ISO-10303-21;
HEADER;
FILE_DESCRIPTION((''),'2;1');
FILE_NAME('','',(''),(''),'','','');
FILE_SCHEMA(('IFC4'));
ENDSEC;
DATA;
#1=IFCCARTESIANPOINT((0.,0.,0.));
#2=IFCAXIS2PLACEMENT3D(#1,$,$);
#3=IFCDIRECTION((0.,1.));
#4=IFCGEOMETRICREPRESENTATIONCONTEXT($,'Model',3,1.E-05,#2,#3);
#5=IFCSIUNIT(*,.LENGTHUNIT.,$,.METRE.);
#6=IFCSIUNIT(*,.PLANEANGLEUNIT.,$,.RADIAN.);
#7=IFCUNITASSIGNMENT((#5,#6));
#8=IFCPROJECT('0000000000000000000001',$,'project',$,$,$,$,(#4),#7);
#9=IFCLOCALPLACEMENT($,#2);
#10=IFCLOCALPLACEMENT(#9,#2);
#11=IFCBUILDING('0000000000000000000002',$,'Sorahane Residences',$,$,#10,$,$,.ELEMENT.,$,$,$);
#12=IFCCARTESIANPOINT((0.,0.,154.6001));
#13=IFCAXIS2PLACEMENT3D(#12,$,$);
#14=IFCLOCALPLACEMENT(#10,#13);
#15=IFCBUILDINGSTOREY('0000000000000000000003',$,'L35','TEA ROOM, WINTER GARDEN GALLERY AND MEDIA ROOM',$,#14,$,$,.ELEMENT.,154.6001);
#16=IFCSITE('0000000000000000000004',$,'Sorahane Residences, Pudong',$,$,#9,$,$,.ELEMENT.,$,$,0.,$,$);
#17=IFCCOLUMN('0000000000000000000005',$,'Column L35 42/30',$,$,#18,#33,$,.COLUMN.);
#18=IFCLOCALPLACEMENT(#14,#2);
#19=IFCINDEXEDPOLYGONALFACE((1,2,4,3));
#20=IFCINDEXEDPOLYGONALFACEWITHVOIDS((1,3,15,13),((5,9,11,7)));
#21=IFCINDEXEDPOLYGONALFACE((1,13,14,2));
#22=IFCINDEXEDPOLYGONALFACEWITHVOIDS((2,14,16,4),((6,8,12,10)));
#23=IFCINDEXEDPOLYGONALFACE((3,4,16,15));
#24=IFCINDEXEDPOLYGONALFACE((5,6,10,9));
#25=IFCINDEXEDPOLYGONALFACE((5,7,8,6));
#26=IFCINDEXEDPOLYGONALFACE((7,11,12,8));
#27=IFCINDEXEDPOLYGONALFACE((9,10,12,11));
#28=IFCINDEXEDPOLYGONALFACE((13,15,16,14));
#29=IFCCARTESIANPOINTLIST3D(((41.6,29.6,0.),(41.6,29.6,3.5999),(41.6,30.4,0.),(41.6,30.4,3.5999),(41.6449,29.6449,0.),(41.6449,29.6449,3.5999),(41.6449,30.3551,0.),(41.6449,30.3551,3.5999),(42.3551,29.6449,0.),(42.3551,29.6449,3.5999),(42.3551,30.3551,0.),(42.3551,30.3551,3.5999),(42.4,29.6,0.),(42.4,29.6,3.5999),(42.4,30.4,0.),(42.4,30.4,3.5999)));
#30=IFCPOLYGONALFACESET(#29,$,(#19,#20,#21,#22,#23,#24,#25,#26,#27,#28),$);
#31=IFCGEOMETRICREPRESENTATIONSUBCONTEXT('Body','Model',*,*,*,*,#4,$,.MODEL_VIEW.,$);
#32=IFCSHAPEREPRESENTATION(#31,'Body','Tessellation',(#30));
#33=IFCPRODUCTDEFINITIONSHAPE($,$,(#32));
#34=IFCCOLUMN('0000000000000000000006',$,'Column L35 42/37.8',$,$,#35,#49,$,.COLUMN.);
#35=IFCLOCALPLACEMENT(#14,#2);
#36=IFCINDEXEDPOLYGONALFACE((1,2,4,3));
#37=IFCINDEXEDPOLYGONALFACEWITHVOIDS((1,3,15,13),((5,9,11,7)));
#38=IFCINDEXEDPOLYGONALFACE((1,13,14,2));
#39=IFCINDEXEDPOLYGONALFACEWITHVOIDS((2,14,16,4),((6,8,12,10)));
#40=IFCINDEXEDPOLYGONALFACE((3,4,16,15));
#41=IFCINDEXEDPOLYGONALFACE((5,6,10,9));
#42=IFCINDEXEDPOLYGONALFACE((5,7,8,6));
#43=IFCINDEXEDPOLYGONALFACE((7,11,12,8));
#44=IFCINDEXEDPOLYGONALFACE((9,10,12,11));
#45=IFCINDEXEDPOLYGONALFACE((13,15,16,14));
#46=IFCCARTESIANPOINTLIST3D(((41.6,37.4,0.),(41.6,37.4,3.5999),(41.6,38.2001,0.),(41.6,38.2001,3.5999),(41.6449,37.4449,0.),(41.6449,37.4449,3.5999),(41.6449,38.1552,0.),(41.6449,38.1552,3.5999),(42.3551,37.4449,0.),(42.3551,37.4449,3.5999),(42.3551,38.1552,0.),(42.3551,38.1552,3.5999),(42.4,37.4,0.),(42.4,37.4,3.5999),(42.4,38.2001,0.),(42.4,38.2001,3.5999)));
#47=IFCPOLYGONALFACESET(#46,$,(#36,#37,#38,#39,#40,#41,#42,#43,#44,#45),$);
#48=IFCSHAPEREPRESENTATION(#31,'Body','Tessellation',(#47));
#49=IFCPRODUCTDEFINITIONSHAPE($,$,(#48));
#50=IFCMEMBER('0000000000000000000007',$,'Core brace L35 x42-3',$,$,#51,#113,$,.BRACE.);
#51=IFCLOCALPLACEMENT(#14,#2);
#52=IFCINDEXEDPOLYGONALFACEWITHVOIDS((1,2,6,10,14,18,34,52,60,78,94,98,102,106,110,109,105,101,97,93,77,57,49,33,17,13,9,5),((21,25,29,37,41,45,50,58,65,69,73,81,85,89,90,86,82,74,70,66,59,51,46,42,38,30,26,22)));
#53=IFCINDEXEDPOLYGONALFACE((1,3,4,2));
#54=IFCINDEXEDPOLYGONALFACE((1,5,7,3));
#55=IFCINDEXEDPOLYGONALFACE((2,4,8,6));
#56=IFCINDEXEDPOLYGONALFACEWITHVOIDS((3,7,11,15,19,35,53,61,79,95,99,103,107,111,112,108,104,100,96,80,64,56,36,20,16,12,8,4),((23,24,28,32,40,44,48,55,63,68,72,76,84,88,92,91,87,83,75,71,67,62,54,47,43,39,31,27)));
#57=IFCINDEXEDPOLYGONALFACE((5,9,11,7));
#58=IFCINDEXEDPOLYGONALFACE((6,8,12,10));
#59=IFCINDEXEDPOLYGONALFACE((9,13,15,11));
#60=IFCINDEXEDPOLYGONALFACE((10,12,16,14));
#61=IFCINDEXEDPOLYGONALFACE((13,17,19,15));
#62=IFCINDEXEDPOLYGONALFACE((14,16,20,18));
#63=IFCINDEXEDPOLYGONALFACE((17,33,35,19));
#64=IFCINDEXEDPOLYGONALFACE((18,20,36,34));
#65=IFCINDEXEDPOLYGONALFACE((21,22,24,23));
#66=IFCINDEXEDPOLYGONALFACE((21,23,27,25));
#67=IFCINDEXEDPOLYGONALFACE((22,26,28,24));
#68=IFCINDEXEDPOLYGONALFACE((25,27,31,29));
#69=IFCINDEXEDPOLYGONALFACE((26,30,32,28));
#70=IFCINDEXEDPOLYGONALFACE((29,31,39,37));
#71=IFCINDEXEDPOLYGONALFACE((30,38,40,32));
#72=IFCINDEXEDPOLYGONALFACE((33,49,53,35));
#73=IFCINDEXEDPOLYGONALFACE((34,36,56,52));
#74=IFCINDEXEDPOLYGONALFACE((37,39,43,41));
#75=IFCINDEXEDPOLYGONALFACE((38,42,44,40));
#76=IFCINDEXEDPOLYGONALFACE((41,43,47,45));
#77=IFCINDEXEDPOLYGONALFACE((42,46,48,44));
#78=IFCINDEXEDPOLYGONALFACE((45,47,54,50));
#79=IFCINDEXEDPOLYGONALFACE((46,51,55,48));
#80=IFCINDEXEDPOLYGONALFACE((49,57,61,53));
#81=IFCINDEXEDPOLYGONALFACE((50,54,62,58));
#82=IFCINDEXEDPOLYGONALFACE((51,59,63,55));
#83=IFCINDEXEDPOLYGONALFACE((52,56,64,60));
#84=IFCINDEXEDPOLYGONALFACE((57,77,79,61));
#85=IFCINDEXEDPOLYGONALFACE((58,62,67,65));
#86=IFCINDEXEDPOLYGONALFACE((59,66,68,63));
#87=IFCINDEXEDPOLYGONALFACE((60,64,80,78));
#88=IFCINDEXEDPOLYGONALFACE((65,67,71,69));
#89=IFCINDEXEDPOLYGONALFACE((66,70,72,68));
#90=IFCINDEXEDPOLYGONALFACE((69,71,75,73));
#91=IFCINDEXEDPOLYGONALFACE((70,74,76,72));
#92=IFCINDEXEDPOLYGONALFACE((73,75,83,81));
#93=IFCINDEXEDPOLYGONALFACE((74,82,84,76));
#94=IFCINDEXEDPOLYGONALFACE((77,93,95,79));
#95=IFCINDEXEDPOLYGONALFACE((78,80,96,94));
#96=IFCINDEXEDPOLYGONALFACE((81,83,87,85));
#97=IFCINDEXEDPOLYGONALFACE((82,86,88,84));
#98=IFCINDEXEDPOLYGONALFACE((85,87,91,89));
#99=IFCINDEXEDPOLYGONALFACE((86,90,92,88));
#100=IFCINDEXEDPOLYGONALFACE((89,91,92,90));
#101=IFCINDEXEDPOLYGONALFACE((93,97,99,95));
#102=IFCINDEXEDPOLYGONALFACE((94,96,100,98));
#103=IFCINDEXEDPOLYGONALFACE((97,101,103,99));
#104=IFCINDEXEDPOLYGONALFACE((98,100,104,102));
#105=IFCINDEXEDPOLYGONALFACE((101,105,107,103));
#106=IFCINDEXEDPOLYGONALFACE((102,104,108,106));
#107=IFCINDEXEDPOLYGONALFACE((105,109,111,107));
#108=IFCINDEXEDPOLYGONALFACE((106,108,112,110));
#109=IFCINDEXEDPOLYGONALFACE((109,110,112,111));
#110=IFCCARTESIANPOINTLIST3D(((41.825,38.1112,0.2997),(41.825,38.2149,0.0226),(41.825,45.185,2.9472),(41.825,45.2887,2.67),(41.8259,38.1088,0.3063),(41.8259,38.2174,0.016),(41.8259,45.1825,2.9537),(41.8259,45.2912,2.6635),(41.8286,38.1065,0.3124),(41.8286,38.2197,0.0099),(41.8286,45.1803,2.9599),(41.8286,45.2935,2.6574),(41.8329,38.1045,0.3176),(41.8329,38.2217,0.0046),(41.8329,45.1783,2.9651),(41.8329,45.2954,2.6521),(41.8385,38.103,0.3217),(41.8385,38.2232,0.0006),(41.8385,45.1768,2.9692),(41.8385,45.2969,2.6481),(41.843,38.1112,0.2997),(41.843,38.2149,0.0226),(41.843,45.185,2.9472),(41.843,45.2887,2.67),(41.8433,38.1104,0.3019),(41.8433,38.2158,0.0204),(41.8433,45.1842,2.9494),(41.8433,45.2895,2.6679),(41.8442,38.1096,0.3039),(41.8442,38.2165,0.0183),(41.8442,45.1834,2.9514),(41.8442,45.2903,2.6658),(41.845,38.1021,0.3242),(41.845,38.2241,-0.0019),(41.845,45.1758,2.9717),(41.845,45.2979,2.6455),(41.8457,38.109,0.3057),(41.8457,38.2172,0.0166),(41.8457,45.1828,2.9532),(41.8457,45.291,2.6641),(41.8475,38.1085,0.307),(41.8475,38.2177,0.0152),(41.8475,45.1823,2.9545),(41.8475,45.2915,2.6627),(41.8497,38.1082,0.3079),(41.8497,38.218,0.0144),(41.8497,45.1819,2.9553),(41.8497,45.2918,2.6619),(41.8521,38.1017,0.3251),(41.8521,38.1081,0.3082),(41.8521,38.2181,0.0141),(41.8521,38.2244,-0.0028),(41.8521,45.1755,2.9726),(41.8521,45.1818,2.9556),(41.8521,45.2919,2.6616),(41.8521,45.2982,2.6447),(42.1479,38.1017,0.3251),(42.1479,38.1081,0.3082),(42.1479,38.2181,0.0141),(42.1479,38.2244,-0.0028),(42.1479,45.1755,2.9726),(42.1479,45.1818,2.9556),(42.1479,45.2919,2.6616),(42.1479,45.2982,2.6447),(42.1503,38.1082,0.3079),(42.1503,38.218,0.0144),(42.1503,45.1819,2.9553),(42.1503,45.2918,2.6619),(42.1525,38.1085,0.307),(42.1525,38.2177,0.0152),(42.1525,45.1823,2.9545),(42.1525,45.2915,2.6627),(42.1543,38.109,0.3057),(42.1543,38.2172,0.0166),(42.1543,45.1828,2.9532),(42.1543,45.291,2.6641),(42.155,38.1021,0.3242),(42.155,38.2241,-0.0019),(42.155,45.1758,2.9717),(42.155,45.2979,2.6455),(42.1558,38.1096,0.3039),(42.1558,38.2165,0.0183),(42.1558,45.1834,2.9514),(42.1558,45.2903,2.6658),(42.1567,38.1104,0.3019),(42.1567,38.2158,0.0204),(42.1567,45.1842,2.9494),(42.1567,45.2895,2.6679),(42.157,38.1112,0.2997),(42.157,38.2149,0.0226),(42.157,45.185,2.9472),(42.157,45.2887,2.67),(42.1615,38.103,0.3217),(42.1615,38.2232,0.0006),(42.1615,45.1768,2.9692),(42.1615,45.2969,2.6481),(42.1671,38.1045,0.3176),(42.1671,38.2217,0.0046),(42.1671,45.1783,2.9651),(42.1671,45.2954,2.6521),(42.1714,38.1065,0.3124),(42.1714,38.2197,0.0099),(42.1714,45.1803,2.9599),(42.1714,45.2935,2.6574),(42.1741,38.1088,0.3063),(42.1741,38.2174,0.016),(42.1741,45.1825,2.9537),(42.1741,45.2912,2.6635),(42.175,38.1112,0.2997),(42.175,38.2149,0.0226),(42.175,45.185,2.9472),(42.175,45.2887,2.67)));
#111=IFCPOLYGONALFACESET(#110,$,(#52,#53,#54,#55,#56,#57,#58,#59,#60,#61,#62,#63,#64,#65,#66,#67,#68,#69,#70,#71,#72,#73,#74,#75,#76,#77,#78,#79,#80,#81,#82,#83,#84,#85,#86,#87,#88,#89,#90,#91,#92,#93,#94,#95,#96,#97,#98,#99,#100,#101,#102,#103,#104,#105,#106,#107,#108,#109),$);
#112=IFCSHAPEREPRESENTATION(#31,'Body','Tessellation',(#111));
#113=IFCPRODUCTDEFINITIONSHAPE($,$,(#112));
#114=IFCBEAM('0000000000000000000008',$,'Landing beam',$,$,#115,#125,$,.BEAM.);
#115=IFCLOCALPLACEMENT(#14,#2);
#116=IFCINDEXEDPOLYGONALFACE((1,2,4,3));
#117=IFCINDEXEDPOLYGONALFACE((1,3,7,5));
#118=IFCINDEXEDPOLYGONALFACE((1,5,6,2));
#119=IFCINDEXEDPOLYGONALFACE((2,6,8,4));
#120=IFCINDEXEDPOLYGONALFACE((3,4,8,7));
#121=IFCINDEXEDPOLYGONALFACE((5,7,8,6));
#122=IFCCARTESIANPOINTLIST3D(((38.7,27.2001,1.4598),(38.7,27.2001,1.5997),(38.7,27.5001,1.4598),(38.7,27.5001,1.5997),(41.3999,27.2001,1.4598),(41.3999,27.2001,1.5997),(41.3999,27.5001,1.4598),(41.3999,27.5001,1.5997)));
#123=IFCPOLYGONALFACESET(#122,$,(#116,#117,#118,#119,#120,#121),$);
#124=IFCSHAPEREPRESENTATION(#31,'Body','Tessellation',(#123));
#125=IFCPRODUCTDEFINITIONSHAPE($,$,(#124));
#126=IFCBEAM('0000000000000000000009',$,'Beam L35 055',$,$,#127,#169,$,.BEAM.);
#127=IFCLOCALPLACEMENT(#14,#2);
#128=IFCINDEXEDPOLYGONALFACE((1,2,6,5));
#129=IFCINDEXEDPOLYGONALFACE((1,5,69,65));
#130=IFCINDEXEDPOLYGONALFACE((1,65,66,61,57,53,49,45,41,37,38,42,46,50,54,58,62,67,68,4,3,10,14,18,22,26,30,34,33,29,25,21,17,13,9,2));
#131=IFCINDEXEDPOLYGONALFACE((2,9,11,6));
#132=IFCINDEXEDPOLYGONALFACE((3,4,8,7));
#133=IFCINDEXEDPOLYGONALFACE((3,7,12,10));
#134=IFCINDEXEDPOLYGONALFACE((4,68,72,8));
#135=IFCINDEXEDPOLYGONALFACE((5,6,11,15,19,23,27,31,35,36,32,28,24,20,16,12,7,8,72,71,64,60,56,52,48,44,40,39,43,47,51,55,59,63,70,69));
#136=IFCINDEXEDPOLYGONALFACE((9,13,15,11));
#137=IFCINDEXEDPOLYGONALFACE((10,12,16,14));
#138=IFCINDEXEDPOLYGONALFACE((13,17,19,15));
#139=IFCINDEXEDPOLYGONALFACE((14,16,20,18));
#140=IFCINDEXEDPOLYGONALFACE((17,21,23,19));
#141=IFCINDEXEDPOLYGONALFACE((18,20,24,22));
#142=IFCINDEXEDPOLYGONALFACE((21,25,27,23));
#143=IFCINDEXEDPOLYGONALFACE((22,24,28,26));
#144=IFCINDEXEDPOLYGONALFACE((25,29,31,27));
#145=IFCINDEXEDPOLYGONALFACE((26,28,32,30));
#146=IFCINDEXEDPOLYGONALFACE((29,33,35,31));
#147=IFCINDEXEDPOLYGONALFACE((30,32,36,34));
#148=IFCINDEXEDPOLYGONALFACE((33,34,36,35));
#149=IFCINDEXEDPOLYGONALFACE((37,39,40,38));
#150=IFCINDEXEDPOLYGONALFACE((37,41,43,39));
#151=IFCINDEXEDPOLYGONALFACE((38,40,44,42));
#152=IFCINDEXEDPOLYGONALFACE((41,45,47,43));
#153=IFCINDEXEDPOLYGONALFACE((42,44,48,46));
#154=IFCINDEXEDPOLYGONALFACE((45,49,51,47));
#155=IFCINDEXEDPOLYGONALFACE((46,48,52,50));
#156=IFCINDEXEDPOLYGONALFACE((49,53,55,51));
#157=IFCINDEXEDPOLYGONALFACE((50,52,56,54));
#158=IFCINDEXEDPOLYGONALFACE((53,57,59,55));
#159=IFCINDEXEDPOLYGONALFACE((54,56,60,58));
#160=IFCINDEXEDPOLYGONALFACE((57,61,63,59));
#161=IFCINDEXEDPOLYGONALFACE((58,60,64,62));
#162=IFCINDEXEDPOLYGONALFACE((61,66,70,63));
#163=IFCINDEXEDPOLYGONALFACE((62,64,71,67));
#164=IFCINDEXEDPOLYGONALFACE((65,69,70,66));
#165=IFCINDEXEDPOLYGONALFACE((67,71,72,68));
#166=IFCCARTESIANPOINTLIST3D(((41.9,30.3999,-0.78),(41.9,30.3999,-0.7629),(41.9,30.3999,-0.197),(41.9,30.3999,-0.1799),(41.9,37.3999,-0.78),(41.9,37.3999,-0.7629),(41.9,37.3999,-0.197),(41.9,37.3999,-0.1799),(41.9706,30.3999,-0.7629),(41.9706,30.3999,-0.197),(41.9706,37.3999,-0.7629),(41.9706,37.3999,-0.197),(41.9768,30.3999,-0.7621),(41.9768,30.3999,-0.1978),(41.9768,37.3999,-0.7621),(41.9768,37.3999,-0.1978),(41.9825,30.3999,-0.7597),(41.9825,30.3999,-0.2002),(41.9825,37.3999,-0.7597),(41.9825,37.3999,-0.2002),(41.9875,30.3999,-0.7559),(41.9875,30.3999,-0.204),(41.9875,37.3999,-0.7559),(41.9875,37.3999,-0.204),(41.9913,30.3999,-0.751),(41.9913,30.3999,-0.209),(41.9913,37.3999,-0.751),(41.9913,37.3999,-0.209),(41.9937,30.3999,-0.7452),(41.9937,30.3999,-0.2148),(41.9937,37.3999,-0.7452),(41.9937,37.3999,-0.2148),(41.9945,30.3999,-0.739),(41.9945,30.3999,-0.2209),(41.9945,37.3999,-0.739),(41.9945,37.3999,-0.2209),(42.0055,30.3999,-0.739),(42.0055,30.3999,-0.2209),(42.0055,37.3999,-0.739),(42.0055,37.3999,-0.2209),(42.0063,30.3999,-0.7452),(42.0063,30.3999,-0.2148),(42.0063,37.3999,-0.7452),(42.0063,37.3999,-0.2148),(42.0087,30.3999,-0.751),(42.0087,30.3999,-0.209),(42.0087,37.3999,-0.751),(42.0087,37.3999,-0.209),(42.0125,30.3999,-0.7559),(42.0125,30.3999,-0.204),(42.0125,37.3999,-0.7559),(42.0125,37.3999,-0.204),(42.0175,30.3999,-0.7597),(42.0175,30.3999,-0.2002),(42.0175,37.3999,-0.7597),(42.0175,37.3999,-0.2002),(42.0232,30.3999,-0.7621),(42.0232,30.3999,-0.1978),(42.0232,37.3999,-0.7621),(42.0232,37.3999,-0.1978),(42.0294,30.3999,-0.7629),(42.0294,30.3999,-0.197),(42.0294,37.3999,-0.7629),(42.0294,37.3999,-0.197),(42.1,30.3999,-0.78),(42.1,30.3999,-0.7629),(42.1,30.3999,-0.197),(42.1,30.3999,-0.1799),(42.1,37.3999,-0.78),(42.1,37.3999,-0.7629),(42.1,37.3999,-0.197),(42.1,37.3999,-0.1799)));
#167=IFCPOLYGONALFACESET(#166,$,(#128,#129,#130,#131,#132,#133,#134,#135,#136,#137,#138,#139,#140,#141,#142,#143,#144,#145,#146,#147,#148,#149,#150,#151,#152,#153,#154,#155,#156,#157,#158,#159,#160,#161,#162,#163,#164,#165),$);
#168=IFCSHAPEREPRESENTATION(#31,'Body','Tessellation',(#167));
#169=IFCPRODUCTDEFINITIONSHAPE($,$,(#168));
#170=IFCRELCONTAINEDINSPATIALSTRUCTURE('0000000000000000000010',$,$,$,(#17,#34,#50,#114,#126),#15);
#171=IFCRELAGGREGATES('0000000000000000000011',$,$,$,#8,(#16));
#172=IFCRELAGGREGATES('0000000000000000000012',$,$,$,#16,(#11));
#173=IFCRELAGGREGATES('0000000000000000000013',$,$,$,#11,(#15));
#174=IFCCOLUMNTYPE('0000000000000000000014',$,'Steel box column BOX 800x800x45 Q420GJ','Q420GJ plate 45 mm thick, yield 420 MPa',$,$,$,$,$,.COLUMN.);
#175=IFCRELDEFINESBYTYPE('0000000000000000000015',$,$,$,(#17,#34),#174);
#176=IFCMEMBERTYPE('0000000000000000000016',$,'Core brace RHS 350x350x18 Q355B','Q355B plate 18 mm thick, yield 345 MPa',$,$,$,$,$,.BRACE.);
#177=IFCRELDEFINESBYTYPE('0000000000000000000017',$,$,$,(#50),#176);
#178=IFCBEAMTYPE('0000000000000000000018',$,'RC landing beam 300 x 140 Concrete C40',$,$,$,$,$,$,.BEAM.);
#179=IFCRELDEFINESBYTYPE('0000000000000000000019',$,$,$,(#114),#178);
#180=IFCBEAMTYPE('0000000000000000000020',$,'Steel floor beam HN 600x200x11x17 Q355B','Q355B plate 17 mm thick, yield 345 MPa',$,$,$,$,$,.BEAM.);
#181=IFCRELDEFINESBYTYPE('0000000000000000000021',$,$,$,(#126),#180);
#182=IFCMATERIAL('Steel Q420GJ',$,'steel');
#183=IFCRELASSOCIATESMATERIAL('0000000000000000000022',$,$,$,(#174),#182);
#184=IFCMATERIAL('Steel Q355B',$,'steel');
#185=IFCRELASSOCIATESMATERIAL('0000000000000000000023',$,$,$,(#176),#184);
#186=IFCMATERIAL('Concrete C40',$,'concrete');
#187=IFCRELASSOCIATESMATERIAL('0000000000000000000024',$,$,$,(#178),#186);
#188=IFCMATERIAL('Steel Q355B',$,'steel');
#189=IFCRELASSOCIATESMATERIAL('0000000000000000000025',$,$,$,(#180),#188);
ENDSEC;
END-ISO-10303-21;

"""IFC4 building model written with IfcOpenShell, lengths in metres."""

from ifc_helpers import new_model, si_unit, direction, frame, origin, origin_2d, place, context, subcontext, project, spatial, rectangle, hollow_rectangle, i_section, extrude, material, material_profile, profile_set, type_object, element, save


model = new_model("IFC4")

# Units and contexts
model_context = context("Model", 3, precision=1e-05, world=origin(), true_north=direction((0.0, 1.0)))
body_context = subcontext(model_context, "Body", "Model", "MODEL_VIEW")
ifc_project = project(units=[si_unit("LENGTHUNIT", "METRE"), si_unit("PLANEANGLEUNIT", "RADIAN")], contexts=[model_context])

# Site, building, storey
site_placement = place(None, origin())
site = spatial("IfcSite", under=ifc_project, at=site_placement, Name="Sorahane Residences, Pudong", CompositionType="ELEMENT", RefElevation=0.0)
building_placement = place(site_placement, origin())
building = spatial("IfcBuilding", under=site, at=building_placement, Name="Sorahane Residences", CompositionType="ELEMENT")
storey_placement = place(building_placement, frame((0.0, 0.0, 154.6001)))
storey = spatial("IfcBuildingStorey", under=building, at=storey_placement, Name="L35", Description="TEA ROOM, WINTER GARDEN GALLERY AND MEDIA ROOM", CompositionType="ELEMENT", Elevation=154.6001)

# Columns
ifc_material_1 = material(Name="Steel Q420GJ", Category="steel")
ifc_material_profile_1 = material_profile(ifc_material_1, hollow_rectangle(XDim=0.8, YDim=0.8, WallThickness=0.0449, at=origin_2d()), Name="BOX 800x800x45")
ifc_profile_set_1 = profile_set([ifc_material_profile_1], Name="Steel Q420GJ")
column_type = type_object("IfcColumnType", Name="Steel box column BOX 800x800x45 Q420GJ", Description="Q420GJ plate 45 mm thick, yield 420 MPa", PredefinedType="COLUMN", material=ifc_profile_set_1)
for number, where, z_axis, x_axis, name in (
    (1, (42.0, 30.0, 0.0), (0.0, 0.0, 1.0), (1.0, 0.0, 0.0), "Column L35 42/30"),
    (2, (42.0, 37.8, 0.0), (0.0, 0.0, 1.0), (1.0, 0.0, 0.0), "Column L35 42/37.8"),
):
    element("IfcColumn", number, at=place(storey_placement, frame(where, z_axis=z_axis, x_axis=x_axis)), inside=storey, type_object=column_type, Name=name, PredefinedType="COLUMN", context=body_context, shape_type="SweptSolid", body=[
        extrude(hollow_rectangle(XDim=0.8, YDim=0.8, WallThickness=0.0449, at=origin_2d()), origin(), (0.0, 0.0, 1.0), 3.5999),
    ])

# Member
ifc_material_2 = material(Name="Steel Q355B", Category="steel")
ifc_material_profile_2 = material_profile(ifc_material_2, hollow_rectangle(XDim=0.3501, YDim=0.3501, WallThickness=0.0181, InnerFilletRadius=0.009, OuterFilletRadius=0.0271, at=origin_2d()), Name="RHS 350x350x18")
ifc_profile_set_2 = profile_set([ifc_material_profile_2], Name="Steel Q355B")
member_type = type_object("IfcMemberType", Name="Core brace RHS 350x350x18 Q355B", Description="Q355B plate 18 mm thick, yield 345 MPa", PredefinedType="BRACE", material=ifc_profile_set_2)
member_placement = place(storey_placement, frame((42.0, 38.1631, 0.1611), z_axis=(0.0, 0.936555, 0.350521), x_axis=(-1.0, 0.0, 0.0)))
element("IfcMember", 3, at=member_placement, inside=storey, type_object=member_type, Name="Core brace L35 x42-3", PredefinedType="BRACE", context=body_context, shape_type="SweptSolid", body=[
    extrude(hollow_rectangle(XDim=0.3501, YDim=0.3501, WallThickness=0.0181, InnerFilletRadius=0.009, OuterFilletRadius=0.0271, at=origin_2d()), origin(), (0.0, 0.0, 1.0), 7.553),
])

# Beams
ifc_material_3 = material(Name="Concrete C40", Category="concrete")
ifc_material_profile_3 = material_profile(ifc_material_3, rectangle(XDim=0.3, YDim=0.1399, at=origin_2d()), Name="300x140")
ifc_profile_set_3 = profile_set([ifc_material_profile_3], Name="Concrete C40")
beam_type_1 = type_object("IfcBeamType", Name="RC landing beam 300 x 140 Concrete C40", PredefinedType="BEAM", material=ifc_profile_set_3)
beam_placement = place(storey_placement, frame((38.7, 27.3501, 1.5298), z_axis=(1.0, 0.0, 0.0), x_axis=(0.0, 1.0, 0.0)))
element("IfcBeam", 4, at=beam_placement, inside=storey, type_object=beam_type_1, Name="Landing beam", PredefinedType="BEAM", context=body_context, shape_type="SweptSolid", body=[
    extrude(rectangle(XDim=0.3, YDim=0.1399, at=origin_2d()), origin(), (0.0, 0.0, 1.0), 2.7),
])
ifc_material_4 = material(Name="Steel Q355B", Category="steel")
ifc_material_profile_4 = material_profile(ifc_material_4, i_section(OverallWidth=0.2, OverallDepth=0.6001, WebThickness=0.011, FlangeThickness=0.0171, FilletRadius=0.0239, at=origin_2d()), Name="HN 600x200x11x17")
ifc_profile_set_4 = profile_set([ifc_material_profile_4], Name="Steel Q355B")
beam_type_2 = type_object("IfcBeamType", Name="Steel floor beam HN 600x200x11x17 Q355B", Description="Q355B plate 17 mm thick, yield 345 MPa", PredefinedType="BEAM", material=ifc_profile_set_4)
for number, where, z_axis, x_axis, name in (
    (5, (42.0, 30.3999, -0.48), (0.0, 1.0, 0.0), (-1.0, 0.0, 0.0), "Beam L35 055"),
):
    element("IfcBeam", number, at=place(storey_placement, frame(where, z_axis=z_axis, x_axis=x_axis)), inside=storey, type_object=beam_type_2, Name=name, PredefinedType="BEAM", context=body_context, shape_type="SweptSolid", body=[
        extrude(i_section(OverallWidth=0.2, OverallDepth=0.6001, WebThickness=0.011, FlangeThickness=0.0171, FilletRadius=0.0239, at=origin_2d()), origin(), (0.0, 0.0, 1.0), 7.0),
    ])

save(model, "model.ifc")
